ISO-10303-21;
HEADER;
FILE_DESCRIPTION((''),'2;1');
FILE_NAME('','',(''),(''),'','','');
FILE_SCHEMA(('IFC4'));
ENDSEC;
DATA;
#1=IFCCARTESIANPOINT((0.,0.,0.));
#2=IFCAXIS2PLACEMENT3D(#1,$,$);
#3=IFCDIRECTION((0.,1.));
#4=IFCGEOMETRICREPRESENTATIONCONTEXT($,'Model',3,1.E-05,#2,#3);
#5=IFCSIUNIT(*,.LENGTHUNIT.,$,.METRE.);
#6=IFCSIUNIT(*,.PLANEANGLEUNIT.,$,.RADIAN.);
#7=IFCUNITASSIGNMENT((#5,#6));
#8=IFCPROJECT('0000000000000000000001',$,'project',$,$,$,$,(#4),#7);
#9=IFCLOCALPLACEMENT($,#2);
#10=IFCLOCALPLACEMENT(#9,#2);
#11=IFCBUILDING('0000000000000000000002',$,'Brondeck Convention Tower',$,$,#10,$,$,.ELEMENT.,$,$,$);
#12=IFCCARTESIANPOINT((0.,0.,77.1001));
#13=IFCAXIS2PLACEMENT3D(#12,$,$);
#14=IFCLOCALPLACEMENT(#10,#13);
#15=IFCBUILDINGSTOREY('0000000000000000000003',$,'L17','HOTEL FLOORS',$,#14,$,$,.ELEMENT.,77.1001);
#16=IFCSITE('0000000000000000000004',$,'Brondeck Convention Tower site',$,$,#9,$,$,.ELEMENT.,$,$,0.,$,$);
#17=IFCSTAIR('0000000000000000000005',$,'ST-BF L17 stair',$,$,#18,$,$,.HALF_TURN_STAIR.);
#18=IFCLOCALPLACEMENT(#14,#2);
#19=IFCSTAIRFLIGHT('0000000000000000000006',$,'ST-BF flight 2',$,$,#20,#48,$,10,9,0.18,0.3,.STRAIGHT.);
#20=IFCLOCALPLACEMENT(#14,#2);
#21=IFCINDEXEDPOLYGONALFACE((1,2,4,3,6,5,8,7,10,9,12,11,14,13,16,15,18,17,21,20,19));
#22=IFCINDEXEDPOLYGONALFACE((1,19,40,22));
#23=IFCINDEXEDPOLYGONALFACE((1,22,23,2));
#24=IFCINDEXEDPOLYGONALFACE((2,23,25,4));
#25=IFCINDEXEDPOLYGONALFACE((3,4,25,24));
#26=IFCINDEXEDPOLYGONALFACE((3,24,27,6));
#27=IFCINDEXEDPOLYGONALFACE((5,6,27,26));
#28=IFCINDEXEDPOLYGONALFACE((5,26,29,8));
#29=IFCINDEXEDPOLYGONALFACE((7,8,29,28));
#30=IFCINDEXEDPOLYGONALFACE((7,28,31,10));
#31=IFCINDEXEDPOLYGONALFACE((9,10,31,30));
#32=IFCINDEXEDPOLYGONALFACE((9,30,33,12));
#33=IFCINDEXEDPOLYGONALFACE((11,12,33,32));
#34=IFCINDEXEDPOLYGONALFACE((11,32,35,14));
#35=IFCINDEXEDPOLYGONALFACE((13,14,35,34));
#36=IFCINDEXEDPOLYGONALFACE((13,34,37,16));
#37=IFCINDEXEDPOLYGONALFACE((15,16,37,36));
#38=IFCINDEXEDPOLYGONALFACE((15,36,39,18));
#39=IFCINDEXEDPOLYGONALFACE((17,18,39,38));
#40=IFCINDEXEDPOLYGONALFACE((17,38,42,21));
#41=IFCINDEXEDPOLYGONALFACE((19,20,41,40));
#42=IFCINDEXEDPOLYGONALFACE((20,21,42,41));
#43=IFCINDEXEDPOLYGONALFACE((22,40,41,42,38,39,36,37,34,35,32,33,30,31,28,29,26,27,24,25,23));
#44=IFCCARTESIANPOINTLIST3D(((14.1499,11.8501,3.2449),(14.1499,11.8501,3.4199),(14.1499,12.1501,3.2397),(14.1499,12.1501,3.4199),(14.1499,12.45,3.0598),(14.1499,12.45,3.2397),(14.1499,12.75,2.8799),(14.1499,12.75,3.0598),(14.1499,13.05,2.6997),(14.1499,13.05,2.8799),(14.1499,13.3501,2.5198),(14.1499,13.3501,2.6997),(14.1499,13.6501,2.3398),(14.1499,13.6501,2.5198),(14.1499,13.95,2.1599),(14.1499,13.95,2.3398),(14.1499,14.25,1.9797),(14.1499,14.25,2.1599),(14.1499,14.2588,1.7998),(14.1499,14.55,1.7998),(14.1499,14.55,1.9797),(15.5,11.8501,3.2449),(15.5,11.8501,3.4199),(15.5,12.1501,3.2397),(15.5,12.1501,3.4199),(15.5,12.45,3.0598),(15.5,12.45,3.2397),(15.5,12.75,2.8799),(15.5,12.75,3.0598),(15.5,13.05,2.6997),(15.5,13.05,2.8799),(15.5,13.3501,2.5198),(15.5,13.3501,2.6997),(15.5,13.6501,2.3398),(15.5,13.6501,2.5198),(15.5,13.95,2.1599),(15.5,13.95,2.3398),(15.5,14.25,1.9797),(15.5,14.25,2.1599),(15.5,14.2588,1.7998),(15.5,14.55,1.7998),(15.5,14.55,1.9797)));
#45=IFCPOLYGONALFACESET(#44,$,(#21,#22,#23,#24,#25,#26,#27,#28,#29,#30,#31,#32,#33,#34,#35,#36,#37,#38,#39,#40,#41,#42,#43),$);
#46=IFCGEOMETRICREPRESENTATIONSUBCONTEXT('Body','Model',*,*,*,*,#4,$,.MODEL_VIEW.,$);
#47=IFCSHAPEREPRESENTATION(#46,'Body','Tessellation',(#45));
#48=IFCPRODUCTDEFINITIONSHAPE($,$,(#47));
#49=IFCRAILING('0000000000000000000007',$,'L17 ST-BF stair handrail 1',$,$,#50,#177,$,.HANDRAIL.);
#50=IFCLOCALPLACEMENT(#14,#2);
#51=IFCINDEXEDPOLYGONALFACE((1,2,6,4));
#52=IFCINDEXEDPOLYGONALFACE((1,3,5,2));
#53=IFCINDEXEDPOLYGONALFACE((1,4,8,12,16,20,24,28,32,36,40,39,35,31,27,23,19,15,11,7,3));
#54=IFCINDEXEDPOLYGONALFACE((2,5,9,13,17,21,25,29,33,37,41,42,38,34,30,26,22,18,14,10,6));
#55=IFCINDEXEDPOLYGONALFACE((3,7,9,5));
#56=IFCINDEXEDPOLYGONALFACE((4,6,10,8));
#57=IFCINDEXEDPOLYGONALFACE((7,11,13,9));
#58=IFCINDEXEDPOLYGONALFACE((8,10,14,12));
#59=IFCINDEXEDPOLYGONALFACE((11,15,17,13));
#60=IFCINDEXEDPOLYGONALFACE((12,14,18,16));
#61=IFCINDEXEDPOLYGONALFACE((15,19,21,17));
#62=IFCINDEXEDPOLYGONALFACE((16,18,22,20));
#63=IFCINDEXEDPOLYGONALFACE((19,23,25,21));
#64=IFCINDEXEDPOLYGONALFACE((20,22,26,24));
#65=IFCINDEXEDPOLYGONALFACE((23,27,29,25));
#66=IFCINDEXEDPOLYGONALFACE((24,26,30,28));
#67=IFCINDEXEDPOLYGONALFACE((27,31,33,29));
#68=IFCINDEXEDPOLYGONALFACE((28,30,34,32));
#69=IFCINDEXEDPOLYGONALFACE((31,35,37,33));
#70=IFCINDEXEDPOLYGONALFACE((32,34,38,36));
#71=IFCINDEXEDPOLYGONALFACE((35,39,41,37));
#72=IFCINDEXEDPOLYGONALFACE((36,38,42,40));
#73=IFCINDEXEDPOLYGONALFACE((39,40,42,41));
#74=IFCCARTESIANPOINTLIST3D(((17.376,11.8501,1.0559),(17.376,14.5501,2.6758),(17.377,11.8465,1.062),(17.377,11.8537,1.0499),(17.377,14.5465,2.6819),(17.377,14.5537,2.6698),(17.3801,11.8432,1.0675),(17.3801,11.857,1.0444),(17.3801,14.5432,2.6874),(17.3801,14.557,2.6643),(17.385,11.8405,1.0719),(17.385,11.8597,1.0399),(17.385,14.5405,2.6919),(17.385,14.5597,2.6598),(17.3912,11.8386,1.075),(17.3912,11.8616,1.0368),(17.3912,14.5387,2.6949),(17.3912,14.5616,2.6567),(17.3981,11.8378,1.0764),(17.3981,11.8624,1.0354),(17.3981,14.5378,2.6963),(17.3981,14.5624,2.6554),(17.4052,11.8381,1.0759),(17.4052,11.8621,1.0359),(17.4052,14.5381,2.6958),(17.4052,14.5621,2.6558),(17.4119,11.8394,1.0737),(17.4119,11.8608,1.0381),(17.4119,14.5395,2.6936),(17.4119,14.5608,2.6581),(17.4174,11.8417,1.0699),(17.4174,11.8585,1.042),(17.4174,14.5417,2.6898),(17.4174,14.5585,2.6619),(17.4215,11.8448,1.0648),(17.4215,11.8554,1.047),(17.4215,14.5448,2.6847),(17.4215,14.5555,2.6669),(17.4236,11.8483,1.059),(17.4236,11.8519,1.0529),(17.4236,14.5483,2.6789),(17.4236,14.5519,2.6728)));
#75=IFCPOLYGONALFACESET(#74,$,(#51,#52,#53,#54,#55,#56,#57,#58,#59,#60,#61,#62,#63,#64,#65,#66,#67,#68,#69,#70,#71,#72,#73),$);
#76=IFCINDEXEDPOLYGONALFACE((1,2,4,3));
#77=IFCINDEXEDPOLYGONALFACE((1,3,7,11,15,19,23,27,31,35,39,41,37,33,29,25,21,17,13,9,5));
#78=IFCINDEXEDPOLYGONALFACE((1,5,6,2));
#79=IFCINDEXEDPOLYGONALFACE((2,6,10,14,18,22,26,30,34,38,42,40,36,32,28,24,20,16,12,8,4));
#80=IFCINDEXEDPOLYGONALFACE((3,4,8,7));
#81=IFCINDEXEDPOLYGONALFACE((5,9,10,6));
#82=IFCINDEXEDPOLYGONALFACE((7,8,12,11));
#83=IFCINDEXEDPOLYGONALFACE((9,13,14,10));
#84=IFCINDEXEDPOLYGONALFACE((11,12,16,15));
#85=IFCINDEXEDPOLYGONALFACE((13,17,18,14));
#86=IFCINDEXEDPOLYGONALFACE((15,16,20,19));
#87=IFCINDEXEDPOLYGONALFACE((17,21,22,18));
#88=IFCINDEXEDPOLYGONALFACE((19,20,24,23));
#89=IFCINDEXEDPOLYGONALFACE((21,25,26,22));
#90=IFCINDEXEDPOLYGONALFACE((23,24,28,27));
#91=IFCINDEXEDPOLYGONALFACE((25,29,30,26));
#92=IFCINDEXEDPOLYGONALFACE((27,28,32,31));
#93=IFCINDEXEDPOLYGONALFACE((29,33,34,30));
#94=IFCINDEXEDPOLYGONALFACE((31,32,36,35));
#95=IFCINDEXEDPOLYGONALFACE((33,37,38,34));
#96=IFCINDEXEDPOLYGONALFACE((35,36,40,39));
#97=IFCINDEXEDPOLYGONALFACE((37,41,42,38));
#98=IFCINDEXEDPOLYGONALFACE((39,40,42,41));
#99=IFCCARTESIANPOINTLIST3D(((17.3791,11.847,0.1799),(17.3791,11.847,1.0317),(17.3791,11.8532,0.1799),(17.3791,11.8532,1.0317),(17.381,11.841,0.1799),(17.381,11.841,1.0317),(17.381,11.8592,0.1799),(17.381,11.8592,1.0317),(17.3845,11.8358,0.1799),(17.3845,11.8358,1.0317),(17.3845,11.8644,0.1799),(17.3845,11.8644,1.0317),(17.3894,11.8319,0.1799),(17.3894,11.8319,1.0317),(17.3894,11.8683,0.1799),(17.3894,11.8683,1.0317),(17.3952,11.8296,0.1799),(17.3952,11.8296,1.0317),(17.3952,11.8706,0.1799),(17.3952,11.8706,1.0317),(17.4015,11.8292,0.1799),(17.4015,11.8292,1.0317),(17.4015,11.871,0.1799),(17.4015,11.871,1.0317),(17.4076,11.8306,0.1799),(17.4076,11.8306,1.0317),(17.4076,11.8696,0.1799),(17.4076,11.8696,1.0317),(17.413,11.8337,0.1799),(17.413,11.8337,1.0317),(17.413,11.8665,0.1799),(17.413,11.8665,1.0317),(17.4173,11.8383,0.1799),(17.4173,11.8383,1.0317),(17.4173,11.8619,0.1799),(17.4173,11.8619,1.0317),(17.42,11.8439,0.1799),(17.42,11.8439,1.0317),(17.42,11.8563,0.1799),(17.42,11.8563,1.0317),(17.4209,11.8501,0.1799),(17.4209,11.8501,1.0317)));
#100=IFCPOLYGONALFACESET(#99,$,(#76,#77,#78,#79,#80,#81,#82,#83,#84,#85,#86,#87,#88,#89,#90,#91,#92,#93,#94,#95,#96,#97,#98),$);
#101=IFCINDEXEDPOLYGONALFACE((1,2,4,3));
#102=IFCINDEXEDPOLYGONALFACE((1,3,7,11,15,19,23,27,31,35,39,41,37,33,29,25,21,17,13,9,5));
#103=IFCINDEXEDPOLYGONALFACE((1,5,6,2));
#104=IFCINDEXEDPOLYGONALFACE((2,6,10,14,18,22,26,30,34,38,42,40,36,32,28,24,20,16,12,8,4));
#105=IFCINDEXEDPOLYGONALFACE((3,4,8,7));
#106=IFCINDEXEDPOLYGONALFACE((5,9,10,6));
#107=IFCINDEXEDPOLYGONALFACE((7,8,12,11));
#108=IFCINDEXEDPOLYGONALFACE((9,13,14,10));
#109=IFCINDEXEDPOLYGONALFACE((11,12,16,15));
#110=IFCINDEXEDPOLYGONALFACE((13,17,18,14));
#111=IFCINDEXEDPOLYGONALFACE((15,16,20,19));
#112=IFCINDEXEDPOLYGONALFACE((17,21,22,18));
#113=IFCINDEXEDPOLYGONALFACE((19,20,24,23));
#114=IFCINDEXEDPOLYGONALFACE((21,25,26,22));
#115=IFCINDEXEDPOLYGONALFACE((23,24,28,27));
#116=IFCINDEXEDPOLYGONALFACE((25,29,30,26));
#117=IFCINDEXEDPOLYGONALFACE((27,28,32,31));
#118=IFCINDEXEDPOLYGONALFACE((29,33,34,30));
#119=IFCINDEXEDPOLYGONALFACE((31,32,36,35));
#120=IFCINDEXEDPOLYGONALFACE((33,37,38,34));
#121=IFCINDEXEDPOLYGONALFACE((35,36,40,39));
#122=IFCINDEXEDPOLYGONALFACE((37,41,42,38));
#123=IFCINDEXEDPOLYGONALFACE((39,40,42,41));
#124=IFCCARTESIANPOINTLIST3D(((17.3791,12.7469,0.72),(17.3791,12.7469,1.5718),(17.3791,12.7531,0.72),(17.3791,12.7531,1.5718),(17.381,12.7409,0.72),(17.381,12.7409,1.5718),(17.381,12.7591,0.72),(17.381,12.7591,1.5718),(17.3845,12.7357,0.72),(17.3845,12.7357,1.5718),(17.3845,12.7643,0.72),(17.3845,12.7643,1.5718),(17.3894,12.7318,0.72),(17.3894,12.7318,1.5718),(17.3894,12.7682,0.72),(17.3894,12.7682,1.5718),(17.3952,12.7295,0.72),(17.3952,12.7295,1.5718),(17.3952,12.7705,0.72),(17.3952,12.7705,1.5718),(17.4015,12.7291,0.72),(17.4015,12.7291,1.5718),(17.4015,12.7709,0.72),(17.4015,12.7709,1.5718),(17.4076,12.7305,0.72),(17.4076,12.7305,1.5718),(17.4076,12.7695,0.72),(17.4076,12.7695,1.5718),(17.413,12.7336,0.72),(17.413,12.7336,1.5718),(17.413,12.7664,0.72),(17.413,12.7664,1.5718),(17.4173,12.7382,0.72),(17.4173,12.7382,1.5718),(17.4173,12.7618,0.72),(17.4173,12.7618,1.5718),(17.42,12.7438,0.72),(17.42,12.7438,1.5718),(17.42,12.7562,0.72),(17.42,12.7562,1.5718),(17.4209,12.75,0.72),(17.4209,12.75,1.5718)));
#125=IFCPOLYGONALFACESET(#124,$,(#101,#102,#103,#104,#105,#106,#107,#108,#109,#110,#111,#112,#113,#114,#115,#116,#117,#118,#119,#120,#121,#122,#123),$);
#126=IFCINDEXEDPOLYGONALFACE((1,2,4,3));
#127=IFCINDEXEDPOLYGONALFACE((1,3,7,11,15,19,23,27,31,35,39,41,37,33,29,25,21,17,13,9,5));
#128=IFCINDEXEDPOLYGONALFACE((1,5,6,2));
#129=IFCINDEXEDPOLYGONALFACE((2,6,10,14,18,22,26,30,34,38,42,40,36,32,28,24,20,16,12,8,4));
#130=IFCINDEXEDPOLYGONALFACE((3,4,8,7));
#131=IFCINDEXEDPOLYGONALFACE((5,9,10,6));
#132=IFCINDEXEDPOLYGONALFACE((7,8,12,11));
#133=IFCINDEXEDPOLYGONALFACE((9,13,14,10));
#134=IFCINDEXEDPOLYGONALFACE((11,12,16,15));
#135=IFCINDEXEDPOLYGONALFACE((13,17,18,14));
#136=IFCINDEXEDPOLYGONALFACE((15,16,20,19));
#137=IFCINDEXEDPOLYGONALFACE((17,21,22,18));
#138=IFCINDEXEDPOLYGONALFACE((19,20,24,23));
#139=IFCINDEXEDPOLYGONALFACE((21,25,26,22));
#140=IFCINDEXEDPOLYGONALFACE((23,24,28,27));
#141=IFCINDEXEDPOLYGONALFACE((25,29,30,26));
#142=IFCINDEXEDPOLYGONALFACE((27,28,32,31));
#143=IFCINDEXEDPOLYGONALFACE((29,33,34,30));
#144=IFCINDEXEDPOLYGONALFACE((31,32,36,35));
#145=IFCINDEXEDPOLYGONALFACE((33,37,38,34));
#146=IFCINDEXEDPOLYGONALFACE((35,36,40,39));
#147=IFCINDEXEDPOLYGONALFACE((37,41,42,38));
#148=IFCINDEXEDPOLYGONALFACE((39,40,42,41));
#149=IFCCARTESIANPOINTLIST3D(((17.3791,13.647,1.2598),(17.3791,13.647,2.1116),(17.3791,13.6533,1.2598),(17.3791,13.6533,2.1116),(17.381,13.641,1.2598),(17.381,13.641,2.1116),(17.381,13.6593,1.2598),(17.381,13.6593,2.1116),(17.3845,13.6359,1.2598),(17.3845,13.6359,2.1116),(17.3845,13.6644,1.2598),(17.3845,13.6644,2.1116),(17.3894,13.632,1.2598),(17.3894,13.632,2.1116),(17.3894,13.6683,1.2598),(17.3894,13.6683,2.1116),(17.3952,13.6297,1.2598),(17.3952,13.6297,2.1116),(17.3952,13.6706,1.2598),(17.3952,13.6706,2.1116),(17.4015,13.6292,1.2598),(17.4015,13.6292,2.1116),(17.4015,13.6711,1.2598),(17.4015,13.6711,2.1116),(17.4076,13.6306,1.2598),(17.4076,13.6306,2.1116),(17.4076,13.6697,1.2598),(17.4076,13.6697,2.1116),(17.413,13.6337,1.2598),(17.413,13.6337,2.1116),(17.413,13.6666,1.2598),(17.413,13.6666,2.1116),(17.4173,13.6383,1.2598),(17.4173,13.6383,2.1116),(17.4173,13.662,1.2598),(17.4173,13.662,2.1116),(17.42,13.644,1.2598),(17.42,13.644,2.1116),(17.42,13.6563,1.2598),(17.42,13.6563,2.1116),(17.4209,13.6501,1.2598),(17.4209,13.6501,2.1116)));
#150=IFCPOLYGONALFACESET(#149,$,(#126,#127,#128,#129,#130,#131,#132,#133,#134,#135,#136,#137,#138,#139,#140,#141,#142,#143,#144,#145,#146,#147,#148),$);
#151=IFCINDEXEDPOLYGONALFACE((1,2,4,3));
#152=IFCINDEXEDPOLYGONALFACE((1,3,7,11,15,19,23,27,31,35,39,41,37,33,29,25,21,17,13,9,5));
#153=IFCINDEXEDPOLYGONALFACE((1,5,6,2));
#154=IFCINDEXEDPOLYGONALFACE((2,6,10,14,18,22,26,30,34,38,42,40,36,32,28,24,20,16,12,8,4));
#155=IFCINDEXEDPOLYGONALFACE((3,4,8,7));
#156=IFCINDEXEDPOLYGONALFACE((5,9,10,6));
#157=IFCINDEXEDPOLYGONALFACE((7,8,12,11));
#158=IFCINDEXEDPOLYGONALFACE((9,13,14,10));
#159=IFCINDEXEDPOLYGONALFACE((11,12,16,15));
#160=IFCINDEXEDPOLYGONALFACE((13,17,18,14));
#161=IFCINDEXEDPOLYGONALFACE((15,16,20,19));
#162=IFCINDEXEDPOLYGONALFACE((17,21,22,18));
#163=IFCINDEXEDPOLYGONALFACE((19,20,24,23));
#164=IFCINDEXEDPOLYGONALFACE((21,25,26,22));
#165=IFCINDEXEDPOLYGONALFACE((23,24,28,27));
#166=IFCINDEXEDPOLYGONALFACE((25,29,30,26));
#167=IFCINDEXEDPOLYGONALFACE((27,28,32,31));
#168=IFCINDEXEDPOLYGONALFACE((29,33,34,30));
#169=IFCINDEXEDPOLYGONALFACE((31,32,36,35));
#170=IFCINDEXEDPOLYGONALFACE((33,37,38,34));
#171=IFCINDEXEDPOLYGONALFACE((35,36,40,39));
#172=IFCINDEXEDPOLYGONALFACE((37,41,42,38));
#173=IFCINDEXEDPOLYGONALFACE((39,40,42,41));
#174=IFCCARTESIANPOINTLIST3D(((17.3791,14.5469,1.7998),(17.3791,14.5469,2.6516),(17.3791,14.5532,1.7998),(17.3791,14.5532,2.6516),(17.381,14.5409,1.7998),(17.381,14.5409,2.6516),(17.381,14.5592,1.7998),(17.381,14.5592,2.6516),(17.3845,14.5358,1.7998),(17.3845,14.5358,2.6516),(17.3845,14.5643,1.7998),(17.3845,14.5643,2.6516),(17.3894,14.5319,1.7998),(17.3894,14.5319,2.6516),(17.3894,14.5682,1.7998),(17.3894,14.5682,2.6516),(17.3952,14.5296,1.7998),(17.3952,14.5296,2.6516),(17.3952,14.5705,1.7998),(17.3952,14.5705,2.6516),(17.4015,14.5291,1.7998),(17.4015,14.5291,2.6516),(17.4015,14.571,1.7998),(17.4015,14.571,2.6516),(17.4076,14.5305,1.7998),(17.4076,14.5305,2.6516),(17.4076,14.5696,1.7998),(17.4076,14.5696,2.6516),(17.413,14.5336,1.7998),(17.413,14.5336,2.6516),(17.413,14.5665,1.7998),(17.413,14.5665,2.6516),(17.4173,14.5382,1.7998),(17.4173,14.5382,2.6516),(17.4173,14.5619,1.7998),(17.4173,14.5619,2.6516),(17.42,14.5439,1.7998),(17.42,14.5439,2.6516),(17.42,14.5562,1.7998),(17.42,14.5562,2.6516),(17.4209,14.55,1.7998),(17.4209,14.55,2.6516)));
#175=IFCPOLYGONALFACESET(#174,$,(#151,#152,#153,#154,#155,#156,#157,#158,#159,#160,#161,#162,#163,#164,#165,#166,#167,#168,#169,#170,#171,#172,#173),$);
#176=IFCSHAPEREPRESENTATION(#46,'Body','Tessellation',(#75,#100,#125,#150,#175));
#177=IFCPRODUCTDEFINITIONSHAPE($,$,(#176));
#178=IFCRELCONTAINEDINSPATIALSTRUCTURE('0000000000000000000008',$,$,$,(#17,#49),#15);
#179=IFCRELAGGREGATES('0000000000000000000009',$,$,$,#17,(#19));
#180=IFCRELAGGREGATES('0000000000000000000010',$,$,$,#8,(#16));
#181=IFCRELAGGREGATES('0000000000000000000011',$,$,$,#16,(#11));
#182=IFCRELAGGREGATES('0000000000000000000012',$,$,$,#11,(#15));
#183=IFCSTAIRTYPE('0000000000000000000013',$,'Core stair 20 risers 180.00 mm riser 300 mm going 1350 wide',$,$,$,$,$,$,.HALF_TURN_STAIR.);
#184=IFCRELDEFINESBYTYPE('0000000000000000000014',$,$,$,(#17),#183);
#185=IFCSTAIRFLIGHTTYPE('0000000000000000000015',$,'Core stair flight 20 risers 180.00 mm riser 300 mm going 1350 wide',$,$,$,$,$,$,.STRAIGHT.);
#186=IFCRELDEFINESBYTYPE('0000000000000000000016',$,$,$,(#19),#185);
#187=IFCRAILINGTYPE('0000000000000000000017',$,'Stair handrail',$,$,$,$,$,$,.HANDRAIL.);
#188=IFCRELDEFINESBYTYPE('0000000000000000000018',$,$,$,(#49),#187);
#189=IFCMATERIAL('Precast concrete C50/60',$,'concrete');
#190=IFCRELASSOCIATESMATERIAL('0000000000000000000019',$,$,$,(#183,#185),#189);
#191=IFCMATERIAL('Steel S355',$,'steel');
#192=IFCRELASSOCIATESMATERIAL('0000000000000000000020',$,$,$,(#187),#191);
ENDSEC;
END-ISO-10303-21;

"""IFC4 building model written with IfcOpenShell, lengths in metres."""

from ifc_helpers import new_model, si_unit, direction, frame, origin, origin_2d, place, context, subcontext, project, spatial, polyline, circle, outline, extrude, material, type_object, element, aggregate, save


model = new_model("IFC4")

# Units and contexts
model_context = context("Model", 3, precision=1e-05, world=origin(), true_north=direction((0.0, 1.0)))
body_context = subcontext(model_context, "Body", "Model", "MODEL_VIEW")
ifc_project = project(units=[si_unit("LENGTHUNIT", "METRE"), si_unit("PLANEANGLEUNIT", "RADIAN")], contexts=[model_context])

# Site, building, storey
site_placement = place(None, origin())
site = spatial("IfcSite", under=ifc_project, at=site_placement, Name="Brondeck Convention Tower site", CompositionType="ELEMENT", RefElevation=0.0)
building_placement = place(site_placement, origin())
building = spatial("IfcBuilding", under=site, at=building_placement, Name="Brondeck Convention Tower", CompositionType="ELEMENT")
storey_placement = place(building_placement, frame((0.0, 0.0, 77.1001)))
storey = spatial("IfcBuildingStorey", under=building, at=storey_placement, Name="L17", Description="HOTEL FLOORS", CompositionType="ELEMENT", Elevation=77.1001)

# Shared definitions
ifc_material_1 = material(Name="Steel S355", Category="steel")

# Stair, stair flight
ifc_material_2 = material(Name="Precast concrete C50/60", Category="concrete")
stair_type = type_object("IfcStairType", Name="Core stair 20 risers 180.00 mm riser 300 mm going 1350 wide", PredefinedType="HALF_TURN_STAIR", material=ifc_material_2)
stair_placement = place(storey_placement, origin())
stair = element("IfcStair", 1, at=stair_placement, inside=storey, type_object=stair_type, Name="ST-BF L17 stair", PredefinedType="HALF_TURN_STAIR")
stair_flight_type = type_object("IfcStairFlightType", Name="Core stair flight 20 risers 180.00 mm riser 300 mm going 1350 wide", PredefinedType="STRAIGHT", material=ifc_material_2)
stair_flight_1_placement = place(storey_placement, frame((14.825, 14.55, 1.7998), z_axis=(0.0, 0.0, 1.0), x_axis=(0.0, -1.0, 0.0)))
stair_flight_1 = element("IfcStairFlight", 2, at=stair_flight_1_placement, type_object=stair_flight_type, Name="ST-BF flight 2", NumberOfRisers=10, NumberOfTreads=9, PredefinedType="STRAIGHT", RiserHeight=0.18, TreadLength=0.3, context=body_context, shape_type="SweptSolid", body=[
    extrude(outline(polyline([(0.0, 0.0), (0.0, 0.1799), (0.3, 0.1799), (0.3, 0.3601), (0.6001, 0.3601), (0.6001, 0.54), (0.8999, 0.54), (0.8999, 0.72), (1.2, 0.72), (1.2, 0.8999), (1.5, 0.8999), (1.5, 1.0801), (1.8, 1.0801), (1.8, 1.26), (2.1001, 1.26), (2.1001, 1.4399), (2.3999, 1.4399), (2.3999, 1.6201), (2.7, 1.6201), (2.7, 1.8), (2.7, 1.4451), (0.2913, 0.0), (0.0, 0.0)])), frame((0.0, 0.675, 0.0), z_axis=(0.0, -1.0, 0.0), x_axis=(1.0, 0.0, 0.0)), (0.0, 0.0, 1.0), 1.3501),
])
aggregate(stair, [stair_flight_1])

# Railing
railing_type = type_object("IfcRailingType", Name="Stair handrail", PredefinedType="HANDRAIL", material=ifc_material_1)
railing_1_placement = place(storey_placement, frame((17.3999, 11.8501, 0.1799)))
element("IfcRailing", 3, at=railing_1_placement, inside=storey, type_object=railing_type, Name="L17 ST-BF stair handrail 1", PredefinedType="HANDRAIL", context=body_context, shape_type="SweptSolid", body=[
    extrude(circle(Radius=0.0239, at=origin_2d()), frame((0.0, 0.0, 0.876), z_axis=(0.0, 0.857507, 0.514473), x_axis=(-1.0, 0.0, 0.0)), (0.0, 0.0, 1.0), 3.1487),
    extrude(circle(Radius=0.021, at=origin_2d()), origin(), (0.0, 0.0, 1.0), 0.8518),
    extrude(circle(Radius=0.021, at=origin_2d()), frame((0.0, 0.8999, 0.54)), (0.0, 0.0, 1.0), 0.8518),
    extrude(circle(Radius=0.021, at=origin_2d()), frame((0.0, 1.8, 1.0798)), (0.0, 0.0, 1.0), 0.8518),
    extrude(circle(Radius=0.021, at=origin_2d()), frame((0.0, 2.7, 1.6199)), (0.0, 0.0, 1.0), 0.8518),
])

save(model, "model.ifc")
